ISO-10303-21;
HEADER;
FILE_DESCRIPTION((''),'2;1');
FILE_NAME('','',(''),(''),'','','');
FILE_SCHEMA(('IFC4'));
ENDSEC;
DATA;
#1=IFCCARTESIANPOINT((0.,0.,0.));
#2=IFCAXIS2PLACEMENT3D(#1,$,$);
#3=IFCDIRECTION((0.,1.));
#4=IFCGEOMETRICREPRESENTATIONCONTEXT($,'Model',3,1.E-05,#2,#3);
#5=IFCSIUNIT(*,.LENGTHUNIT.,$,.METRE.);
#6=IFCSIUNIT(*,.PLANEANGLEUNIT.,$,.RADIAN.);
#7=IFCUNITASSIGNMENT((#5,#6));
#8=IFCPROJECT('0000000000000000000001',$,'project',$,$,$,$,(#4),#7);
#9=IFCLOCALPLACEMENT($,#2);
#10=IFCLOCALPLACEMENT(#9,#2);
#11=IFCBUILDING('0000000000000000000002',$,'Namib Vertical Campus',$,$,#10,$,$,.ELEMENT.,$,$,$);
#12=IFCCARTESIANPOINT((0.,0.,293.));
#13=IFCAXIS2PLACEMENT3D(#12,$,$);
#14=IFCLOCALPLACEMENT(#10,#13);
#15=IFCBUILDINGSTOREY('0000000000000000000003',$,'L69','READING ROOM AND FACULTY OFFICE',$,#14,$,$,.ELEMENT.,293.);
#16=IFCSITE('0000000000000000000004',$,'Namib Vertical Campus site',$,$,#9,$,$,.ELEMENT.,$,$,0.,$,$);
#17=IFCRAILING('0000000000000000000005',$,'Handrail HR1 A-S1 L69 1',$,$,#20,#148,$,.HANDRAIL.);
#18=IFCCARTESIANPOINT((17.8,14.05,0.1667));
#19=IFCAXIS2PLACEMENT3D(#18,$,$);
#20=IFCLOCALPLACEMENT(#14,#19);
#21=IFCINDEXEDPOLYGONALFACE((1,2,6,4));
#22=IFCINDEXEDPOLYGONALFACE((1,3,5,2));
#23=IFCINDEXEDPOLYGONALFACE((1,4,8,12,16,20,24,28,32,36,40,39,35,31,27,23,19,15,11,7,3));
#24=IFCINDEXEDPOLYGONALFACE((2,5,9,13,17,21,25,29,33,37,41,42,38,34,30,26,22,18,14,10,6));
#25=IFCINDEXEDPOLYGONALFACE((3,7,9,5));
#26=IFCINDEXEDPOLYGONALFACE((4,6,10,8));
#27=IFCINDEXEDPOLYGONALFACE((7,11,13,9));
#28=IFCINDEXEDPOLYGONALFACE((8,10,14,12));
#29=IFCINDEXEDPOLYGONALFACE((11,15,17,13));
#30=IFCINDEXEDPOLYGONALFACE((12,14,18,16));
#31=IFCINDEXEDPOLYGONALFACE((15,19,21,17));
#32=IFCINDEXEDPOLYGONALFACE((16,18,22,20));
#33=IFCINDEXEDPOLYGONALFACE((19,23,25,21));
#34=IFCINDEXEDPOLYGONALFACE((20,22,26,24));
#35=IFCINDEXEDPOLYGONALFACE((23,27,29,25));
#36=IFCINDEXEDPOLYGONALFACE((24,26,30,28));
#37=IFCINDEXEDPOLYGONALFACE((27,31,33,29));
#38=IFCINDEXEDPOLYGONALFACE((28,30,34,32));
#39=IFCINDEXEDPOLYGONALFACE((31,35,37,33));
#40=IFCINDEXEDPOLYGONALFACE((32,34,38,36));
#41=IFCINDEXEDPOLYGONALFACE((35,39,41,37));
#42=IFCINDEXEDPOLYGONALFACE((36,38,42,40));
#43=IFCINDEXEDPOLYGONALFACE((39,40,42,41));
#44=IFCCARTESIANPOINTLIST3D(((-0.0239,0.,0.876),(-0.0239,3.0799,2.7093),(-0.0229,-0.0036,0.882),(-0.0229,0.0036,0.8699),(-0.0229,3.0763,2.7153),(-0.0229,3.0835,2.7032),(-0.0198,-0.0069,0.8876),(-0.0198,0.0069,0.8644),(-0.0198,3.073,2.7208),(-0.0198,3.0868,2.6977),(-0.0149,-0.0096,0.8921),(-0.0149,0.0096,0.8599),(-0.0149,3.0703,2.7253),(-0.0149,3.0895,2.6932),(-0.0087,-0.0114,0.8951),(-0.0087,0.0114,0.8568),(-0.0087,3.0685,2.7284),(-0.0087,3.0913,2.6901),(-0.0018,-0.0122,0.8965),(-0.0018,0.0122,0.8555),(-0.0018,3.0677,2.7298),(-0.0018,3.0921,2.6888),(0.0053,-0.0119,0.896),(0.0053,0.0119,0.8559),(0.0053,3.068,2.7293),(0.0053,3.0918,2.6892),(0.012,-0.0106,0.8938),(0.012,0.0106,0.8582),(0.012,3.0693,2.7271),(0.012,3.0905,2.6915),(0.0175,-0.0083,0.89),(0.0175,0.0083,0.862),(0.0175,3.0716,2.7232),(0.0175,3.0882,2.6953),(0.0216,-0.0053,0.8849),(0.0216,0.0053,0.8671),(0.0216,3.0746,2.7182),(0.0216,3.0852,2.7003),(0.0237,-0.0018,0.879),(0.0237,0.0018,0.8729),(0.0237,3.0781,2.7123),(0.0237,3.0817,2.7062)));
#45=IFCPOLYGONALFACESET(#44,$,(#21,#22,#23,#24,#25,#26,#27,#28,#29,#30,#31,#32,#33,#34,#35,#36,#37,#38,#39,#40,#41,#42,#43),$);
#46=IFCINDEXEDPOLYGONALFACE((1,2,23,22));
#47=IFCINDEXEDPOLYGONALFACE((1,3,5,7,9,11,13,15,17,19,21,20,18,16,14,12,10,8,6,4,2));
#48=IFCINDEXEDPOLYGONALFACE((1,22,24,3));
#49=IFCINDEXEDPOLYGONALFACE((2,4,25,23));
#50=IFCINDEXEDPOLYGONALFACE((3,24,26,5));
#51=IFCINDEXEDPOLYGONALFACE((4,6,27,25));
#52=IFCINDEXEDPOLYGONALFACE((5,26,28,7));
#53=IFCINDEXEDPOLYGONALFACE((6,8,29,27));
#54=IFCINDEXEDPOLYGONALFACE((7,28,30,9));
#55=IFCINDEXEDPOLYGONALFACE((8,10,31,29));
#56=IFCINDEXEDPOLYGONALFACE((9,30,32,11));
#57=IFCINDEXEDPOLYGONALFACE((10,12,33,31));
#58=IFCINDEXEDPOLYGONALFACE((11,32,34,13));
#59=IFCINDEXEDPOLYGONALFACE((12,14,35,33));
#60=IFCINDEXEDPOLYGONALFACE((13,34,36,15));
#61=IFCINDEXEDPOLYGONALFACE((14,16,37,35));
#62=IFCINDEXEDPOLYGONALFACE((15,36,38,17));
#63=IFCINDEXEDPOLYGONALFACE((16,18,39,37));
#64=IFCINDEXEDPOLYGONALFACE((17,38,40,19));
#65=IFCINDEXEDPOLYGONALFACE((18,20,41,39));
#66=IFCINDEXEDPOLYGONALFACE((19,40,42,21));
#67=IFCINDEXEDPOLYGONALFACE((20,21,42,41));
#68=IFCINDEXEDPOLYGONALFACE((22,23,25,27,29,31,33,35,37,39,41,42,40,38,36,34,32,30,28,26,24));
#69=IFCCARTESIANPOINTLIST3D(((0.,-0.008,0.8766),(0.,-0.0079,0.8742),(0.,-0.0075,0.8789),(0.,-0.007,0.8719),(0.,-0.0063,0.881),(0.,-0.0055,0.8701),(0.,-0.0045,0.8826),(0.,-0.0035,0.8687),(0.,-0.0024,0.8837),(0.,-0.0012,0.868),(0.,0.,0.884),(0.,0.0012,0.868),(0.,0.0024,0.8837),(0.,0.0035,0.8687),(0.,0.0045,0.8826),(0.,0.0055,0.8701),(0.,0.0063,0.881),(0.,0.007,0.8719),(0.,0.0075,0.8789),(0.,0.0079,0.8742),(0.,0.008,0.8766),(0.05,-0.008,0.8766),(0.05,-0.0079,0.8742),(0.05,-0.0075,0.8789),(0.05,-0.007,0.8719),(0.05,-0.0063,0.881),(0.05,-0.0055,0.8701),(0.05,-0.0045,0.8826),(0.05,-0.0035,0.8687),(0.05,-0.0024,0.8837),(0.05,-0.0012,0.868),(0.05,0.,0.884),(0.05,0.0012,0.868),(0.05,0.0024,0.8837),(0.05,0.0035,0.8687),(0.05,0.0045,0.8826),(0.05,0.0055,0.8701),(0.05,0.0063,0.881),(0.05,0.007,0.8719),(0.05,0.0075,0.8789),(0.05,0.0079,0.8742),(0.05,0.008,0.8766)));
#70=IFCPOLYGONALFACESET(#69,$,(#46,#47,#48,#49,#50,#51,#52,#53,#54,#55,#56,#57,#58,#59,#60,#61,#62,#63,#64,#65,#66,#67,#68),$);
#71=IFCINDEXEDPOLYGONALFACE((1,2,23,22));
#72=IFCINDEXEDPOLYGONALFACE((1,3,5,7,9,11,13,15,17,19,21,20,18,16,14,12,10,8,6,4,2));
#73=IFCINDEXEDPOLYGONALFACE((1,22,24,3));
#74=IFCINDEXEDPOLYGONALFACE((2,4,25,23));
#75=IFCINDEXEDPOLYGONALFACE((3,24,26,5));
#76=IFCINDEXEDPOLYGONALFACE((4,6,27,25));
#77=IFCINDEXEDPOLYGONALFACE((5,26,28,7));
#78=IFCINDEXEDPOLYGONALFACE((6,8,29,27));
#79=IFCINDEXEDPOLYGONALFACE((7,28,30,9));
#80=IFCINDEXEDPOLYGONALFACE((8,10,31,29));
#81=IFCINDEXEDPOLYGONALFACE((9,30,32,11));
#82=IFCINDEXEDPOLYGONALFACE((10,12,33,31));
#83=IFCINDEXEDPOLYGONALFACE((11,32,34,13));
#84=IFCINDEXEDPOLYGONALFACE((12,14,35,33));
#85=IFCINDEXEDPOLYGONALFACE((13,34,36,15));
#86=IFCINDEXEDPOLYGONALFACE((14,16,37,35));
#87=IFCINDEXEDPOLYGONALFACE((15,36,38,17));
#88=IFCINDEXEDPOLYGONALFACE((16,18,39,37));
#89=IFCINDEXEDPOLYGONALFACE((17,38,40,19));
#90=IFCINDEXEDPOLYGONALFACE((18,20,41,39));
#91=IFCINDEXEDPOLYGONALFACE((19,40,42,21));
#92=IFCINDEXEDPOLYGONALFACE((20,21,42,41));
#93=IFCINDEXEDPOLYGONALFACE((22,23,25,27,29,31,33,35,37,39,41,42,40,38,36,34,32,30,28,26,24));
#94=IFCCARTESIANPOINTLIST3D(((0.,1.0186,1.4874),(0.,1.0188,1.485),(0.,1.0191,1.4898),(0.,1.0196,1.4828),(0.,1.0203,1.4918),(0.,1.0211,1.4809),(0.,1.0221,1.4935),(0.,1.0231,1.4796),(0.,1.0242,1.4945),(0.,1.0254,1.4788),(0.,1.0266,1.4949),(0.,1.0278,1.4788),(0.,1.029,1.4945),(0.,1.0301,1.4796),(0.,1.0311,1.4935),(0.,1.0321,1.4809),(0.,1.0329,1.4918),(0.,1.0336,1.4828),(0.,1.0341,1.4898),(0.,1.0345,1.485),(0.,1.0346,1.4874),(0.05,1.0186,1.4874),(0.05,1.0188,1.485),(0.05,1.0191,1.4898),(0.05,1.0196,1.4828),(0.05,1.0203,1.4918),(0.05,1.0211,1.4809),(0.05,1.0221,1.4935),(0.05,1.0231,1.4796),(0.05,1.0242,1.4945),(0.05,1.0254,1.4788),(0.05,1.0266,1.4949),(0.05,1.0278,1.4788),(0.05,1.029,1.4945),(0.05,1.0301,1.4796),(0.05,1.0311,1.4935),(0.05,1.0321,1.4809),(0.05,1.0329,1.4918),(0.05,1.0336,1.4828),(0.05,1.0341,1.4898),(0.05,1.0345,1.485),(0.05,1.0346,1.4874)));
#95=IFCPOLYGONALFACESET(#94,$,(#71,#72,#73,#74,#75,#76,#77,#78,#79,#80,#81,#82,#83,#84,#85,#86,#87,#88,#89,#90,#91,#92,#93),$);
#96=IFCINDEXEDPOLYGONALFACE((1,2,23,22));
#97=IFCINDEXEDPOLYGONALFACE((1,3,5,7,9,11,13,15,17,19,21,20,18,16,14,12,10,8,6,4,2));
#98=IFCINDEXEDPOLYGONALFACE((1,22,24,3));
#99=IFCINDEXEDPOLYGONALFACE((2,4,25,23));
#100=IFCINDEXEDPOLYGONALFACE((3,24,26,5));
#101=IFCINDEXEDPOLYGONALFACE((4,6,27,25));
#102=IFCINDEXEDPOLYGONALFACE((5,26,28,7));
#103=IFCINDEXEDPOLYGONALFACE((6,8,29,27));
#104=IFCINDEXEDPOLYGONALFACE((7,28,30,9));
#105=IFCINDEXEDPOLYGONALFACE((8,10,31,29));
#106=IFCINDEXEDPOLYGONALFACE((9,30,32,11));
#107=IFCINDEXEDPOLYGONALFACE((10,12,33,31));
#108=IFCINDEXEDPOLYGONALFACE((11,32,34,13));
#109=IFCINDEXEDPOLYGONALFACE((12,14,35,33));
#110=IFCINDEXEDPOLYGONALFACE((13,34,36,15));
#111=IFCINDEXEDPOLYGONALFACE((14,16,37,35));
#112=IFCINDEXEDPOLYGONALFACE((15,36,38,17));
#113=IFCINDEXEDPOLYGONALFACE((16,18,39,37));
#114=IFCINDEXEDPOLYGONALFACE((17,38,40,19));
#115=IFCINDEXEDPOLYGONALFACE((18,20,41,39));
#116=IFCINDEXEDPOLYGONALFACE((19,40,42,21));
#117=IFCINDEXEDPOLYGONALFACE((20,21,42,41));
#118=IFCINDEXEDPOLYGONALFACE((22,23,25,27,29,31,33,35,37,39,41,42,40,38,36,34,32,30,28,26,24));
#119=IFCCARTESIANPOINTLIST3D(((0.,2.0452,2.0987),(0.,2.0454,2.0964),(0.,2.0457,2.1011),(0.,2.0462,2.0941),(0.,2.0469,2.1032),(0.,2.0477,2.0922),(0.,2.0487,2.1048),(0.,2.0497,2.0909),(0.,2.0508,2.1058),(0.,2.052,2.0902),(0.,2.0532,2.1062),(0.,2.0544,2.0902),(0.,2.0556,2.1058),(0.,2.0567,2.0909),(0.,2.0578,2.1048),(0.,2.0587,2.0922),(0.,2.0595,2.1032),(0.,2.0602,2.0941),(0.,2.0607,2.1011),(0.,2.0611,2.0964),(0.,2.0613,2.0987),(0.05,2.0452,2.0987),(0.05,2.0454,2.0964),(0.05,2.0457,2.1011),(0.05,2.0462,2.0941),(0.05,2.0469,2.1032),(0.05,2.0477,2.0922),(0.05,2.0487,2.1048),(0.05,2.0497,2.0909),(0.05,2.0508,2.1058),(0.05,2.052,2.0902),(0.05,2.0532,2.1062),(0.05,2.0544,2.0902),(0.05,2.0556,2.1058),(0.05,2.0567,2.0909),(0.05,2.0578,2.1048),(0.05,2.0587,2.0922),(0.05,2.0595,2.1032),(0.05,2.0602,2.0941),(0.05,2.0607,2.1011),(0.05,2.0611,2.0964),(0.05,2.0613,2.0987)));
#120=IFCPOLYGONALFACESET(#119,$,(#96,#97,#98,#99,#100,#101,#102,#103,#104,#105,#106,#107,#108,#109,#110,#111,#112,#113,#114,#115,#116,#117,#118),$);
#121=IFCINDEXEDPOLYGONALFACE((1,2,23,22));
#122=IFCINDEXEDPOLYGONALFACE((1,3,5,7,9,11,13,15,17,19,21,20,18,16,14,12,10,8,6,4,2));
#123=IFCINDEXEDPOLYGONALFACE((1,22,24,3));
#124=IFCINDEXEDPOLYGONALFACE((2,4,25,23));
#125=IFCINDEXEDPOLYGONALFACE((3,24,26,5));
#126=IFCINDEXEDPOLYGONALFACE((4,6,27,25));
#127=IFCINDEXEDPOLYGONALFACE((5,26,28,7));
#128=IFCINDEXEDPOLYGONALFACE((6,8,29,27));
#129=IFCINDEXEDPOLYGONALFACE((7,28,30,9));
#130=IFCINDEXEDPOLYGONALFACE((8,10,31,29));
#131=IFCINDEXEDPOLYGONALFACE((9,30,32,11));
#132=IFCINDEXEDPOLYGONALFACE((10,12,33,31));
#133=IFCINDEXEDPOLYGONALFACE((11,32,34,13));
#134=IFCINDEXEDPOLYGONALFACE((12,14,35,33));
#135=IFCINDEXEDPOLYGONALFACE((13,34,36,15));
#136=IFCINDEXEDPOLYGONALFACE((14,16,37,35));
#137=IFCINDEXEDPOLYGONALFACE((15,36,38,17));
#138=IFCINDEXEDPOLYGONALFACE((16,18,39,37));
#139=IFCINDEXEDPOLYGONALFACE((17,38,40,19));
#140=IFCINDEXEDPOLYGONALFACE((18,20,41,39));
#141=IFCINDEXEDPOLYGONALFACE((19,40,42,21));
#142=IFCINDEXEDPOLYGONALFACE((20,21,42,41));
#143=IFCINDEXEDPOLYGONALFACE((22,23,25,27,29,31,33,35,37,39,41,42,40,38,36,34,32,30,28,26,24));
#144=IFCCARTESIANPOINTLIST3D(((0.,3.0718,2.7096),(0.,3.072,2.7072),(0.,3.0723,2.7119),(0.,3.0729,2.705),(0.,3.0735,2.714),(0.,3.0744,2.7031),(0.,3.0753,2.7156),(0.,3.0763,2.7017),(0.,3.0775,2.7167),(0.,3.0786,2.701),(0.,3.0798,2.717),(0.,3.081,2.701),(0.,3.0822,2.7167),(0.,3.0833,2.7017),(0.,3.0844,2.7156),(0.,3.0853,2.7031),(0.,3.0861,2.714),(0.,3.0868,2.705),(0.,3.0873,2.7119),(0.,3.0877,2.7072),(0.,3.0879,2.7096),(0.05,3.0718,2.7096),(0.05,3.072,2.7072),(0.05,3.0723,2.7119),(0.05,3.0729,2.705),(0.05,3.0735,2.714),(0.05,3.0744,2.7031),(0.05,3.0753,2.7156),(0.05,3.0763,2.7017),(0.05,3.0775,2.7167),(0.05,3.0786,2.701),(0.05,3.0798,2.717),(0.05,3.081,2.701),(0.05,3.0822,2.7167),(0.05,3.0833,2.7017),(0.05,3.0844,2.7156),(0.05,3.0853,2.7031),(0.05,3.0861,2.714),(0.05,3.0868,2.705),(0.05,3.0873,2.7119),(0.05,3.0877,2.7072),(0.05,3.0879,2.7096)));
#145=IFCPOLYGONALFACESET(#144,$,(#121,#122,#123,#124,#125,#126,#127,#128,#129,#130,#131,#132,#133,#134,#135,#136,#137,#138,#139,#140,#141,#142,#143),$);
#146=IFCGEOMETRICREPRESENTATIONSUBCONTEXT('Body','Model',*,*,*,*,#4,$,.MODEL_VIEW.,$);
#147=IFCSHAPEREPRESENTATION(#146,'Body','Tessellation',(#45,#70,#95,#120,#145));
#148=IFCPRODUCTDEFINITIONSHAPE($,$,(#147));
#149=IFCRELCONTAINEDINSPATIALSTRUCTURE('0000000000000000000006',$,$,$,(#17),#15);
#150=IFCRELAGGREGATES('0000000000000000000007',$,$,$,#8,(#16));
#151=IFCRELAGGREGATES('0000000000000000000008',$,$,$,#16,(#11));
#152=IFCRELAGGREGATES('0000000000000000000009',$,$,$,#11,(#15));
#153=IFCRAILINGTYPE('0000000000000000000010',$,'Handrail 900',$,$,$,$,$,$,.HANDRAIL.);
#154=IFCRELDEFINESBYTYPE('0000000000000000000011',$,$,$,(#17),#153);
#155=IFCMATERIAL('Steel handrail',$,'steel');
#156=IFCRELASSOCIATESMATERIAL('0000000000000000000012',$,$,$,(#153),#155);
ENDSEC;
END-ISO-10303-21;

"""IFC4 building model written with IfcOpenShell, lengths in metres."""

from ifc_helpers import new_model, si_unit, direction, frame, origin, origin_2d, place, context, subcontext, project, spatial, circle, extrude, material, type_object, element, save


model = new_model("IFC4")

# Units and contexts
model_context = context("Model", 3, precision=1e-05, world=origin(), true_north=direction((0.0, 1.0)))
body_context = subcontext(model_context, "Body", "Model", "MODEL_VIEW")
ifc_project = project(units=[si_unit("LENGTHUNIT", "METRE"), si_unit("PLANEANGLEUNIT", "RADIAN")], contexts=[model_context])

# Site, building, storey
site_placement = place(None, origin())
site = spatial("IfcSite", under=ifc_project, at=site_placement, Name="Namib Vertical Campus site", CompositionType="ELEMENT", RefElevation=0.0)
building_placement = place(site_placement, origin())
building = spatial("IfcBuilding", under=site, at=building_placement, Name="Namib Vertical Campus", CompositionType="ELEMENT")
storey_placement = place(building_placement, frame((0.0, 0.0, 293.0)))
storey = spatial("IfcBuildingStorey", under=building, at=storey_placement, Name="L69", Description="READING ROOM AND FACULTY OFFICE", CompositionType="ELEMENT", Elevation=293.0)

# Railing
ifc_material_1 = material(Name="Steel handrail", Category="steel")
railing_type_1 = type_object("IfcRailingType", Name="Handrail 900", PredefinedType="HANDRAIL", material=ifc_material_1)
railing_1_placement = place(storey_placement, frame((17.8, 14.05, 0.1667)))
element("IfcRailing", 1, at=railing_1_placement, inside=storey, type_object=railing_type_1, Name="Handrail HR1 A-S1 L69 1", PredefinedType="HANDRAIL", context=body_context, shape_type="SweptSolid", body=[
    extrude(circle(Radius=0.0239, at=origin_2d()), frame((0.0, 0.0, 0.876), z_axis=(0.0, 0.859291, 0.511487), x_axis=(-1.0, 0.0, 0.0)), (0.0, 0.0, 1.0), 3.5842),
    extrude(circle(Radius=0.0081, at=origin_2d()), frame((0.0, 0.0, 0.876), z_axis=(1.0, 0.0, 0.0), x_axis=(0.0, 0.0, 1.0)), (0.0, 0.0, 1.0), 0.05),
    extrude(circle(Radius=0.0081, at=origin_2d()), frame((0.0, 1.0266, 1.4868), z_axis=(1.0, 0.0, 0.0), x_axis=(0.0, 0.0, 1.0)), (0.0, 0.0, 1.0), 0.05),
    extrude(circle(Radius=0.0081, at=origin_2d()), frame((0.0, 2.0532, 2.0981), z_axis=(1.0, 0.0, 0.0), x_axis=(0.0, 0.0, 1.0)), (0.0, 0.0, 1.0), 0.05),
    extrude(circle(Radius=0.0081, at=origin_2d()), frame((0.0, 3.0798, 2.709), z_axis=(1.0, 0.0, 0.0), x_axis=(0.0, 0.0, 1.0)), (0.0, 0.0, 1.0), 0.05),
])

save(model, "model.ifc")
